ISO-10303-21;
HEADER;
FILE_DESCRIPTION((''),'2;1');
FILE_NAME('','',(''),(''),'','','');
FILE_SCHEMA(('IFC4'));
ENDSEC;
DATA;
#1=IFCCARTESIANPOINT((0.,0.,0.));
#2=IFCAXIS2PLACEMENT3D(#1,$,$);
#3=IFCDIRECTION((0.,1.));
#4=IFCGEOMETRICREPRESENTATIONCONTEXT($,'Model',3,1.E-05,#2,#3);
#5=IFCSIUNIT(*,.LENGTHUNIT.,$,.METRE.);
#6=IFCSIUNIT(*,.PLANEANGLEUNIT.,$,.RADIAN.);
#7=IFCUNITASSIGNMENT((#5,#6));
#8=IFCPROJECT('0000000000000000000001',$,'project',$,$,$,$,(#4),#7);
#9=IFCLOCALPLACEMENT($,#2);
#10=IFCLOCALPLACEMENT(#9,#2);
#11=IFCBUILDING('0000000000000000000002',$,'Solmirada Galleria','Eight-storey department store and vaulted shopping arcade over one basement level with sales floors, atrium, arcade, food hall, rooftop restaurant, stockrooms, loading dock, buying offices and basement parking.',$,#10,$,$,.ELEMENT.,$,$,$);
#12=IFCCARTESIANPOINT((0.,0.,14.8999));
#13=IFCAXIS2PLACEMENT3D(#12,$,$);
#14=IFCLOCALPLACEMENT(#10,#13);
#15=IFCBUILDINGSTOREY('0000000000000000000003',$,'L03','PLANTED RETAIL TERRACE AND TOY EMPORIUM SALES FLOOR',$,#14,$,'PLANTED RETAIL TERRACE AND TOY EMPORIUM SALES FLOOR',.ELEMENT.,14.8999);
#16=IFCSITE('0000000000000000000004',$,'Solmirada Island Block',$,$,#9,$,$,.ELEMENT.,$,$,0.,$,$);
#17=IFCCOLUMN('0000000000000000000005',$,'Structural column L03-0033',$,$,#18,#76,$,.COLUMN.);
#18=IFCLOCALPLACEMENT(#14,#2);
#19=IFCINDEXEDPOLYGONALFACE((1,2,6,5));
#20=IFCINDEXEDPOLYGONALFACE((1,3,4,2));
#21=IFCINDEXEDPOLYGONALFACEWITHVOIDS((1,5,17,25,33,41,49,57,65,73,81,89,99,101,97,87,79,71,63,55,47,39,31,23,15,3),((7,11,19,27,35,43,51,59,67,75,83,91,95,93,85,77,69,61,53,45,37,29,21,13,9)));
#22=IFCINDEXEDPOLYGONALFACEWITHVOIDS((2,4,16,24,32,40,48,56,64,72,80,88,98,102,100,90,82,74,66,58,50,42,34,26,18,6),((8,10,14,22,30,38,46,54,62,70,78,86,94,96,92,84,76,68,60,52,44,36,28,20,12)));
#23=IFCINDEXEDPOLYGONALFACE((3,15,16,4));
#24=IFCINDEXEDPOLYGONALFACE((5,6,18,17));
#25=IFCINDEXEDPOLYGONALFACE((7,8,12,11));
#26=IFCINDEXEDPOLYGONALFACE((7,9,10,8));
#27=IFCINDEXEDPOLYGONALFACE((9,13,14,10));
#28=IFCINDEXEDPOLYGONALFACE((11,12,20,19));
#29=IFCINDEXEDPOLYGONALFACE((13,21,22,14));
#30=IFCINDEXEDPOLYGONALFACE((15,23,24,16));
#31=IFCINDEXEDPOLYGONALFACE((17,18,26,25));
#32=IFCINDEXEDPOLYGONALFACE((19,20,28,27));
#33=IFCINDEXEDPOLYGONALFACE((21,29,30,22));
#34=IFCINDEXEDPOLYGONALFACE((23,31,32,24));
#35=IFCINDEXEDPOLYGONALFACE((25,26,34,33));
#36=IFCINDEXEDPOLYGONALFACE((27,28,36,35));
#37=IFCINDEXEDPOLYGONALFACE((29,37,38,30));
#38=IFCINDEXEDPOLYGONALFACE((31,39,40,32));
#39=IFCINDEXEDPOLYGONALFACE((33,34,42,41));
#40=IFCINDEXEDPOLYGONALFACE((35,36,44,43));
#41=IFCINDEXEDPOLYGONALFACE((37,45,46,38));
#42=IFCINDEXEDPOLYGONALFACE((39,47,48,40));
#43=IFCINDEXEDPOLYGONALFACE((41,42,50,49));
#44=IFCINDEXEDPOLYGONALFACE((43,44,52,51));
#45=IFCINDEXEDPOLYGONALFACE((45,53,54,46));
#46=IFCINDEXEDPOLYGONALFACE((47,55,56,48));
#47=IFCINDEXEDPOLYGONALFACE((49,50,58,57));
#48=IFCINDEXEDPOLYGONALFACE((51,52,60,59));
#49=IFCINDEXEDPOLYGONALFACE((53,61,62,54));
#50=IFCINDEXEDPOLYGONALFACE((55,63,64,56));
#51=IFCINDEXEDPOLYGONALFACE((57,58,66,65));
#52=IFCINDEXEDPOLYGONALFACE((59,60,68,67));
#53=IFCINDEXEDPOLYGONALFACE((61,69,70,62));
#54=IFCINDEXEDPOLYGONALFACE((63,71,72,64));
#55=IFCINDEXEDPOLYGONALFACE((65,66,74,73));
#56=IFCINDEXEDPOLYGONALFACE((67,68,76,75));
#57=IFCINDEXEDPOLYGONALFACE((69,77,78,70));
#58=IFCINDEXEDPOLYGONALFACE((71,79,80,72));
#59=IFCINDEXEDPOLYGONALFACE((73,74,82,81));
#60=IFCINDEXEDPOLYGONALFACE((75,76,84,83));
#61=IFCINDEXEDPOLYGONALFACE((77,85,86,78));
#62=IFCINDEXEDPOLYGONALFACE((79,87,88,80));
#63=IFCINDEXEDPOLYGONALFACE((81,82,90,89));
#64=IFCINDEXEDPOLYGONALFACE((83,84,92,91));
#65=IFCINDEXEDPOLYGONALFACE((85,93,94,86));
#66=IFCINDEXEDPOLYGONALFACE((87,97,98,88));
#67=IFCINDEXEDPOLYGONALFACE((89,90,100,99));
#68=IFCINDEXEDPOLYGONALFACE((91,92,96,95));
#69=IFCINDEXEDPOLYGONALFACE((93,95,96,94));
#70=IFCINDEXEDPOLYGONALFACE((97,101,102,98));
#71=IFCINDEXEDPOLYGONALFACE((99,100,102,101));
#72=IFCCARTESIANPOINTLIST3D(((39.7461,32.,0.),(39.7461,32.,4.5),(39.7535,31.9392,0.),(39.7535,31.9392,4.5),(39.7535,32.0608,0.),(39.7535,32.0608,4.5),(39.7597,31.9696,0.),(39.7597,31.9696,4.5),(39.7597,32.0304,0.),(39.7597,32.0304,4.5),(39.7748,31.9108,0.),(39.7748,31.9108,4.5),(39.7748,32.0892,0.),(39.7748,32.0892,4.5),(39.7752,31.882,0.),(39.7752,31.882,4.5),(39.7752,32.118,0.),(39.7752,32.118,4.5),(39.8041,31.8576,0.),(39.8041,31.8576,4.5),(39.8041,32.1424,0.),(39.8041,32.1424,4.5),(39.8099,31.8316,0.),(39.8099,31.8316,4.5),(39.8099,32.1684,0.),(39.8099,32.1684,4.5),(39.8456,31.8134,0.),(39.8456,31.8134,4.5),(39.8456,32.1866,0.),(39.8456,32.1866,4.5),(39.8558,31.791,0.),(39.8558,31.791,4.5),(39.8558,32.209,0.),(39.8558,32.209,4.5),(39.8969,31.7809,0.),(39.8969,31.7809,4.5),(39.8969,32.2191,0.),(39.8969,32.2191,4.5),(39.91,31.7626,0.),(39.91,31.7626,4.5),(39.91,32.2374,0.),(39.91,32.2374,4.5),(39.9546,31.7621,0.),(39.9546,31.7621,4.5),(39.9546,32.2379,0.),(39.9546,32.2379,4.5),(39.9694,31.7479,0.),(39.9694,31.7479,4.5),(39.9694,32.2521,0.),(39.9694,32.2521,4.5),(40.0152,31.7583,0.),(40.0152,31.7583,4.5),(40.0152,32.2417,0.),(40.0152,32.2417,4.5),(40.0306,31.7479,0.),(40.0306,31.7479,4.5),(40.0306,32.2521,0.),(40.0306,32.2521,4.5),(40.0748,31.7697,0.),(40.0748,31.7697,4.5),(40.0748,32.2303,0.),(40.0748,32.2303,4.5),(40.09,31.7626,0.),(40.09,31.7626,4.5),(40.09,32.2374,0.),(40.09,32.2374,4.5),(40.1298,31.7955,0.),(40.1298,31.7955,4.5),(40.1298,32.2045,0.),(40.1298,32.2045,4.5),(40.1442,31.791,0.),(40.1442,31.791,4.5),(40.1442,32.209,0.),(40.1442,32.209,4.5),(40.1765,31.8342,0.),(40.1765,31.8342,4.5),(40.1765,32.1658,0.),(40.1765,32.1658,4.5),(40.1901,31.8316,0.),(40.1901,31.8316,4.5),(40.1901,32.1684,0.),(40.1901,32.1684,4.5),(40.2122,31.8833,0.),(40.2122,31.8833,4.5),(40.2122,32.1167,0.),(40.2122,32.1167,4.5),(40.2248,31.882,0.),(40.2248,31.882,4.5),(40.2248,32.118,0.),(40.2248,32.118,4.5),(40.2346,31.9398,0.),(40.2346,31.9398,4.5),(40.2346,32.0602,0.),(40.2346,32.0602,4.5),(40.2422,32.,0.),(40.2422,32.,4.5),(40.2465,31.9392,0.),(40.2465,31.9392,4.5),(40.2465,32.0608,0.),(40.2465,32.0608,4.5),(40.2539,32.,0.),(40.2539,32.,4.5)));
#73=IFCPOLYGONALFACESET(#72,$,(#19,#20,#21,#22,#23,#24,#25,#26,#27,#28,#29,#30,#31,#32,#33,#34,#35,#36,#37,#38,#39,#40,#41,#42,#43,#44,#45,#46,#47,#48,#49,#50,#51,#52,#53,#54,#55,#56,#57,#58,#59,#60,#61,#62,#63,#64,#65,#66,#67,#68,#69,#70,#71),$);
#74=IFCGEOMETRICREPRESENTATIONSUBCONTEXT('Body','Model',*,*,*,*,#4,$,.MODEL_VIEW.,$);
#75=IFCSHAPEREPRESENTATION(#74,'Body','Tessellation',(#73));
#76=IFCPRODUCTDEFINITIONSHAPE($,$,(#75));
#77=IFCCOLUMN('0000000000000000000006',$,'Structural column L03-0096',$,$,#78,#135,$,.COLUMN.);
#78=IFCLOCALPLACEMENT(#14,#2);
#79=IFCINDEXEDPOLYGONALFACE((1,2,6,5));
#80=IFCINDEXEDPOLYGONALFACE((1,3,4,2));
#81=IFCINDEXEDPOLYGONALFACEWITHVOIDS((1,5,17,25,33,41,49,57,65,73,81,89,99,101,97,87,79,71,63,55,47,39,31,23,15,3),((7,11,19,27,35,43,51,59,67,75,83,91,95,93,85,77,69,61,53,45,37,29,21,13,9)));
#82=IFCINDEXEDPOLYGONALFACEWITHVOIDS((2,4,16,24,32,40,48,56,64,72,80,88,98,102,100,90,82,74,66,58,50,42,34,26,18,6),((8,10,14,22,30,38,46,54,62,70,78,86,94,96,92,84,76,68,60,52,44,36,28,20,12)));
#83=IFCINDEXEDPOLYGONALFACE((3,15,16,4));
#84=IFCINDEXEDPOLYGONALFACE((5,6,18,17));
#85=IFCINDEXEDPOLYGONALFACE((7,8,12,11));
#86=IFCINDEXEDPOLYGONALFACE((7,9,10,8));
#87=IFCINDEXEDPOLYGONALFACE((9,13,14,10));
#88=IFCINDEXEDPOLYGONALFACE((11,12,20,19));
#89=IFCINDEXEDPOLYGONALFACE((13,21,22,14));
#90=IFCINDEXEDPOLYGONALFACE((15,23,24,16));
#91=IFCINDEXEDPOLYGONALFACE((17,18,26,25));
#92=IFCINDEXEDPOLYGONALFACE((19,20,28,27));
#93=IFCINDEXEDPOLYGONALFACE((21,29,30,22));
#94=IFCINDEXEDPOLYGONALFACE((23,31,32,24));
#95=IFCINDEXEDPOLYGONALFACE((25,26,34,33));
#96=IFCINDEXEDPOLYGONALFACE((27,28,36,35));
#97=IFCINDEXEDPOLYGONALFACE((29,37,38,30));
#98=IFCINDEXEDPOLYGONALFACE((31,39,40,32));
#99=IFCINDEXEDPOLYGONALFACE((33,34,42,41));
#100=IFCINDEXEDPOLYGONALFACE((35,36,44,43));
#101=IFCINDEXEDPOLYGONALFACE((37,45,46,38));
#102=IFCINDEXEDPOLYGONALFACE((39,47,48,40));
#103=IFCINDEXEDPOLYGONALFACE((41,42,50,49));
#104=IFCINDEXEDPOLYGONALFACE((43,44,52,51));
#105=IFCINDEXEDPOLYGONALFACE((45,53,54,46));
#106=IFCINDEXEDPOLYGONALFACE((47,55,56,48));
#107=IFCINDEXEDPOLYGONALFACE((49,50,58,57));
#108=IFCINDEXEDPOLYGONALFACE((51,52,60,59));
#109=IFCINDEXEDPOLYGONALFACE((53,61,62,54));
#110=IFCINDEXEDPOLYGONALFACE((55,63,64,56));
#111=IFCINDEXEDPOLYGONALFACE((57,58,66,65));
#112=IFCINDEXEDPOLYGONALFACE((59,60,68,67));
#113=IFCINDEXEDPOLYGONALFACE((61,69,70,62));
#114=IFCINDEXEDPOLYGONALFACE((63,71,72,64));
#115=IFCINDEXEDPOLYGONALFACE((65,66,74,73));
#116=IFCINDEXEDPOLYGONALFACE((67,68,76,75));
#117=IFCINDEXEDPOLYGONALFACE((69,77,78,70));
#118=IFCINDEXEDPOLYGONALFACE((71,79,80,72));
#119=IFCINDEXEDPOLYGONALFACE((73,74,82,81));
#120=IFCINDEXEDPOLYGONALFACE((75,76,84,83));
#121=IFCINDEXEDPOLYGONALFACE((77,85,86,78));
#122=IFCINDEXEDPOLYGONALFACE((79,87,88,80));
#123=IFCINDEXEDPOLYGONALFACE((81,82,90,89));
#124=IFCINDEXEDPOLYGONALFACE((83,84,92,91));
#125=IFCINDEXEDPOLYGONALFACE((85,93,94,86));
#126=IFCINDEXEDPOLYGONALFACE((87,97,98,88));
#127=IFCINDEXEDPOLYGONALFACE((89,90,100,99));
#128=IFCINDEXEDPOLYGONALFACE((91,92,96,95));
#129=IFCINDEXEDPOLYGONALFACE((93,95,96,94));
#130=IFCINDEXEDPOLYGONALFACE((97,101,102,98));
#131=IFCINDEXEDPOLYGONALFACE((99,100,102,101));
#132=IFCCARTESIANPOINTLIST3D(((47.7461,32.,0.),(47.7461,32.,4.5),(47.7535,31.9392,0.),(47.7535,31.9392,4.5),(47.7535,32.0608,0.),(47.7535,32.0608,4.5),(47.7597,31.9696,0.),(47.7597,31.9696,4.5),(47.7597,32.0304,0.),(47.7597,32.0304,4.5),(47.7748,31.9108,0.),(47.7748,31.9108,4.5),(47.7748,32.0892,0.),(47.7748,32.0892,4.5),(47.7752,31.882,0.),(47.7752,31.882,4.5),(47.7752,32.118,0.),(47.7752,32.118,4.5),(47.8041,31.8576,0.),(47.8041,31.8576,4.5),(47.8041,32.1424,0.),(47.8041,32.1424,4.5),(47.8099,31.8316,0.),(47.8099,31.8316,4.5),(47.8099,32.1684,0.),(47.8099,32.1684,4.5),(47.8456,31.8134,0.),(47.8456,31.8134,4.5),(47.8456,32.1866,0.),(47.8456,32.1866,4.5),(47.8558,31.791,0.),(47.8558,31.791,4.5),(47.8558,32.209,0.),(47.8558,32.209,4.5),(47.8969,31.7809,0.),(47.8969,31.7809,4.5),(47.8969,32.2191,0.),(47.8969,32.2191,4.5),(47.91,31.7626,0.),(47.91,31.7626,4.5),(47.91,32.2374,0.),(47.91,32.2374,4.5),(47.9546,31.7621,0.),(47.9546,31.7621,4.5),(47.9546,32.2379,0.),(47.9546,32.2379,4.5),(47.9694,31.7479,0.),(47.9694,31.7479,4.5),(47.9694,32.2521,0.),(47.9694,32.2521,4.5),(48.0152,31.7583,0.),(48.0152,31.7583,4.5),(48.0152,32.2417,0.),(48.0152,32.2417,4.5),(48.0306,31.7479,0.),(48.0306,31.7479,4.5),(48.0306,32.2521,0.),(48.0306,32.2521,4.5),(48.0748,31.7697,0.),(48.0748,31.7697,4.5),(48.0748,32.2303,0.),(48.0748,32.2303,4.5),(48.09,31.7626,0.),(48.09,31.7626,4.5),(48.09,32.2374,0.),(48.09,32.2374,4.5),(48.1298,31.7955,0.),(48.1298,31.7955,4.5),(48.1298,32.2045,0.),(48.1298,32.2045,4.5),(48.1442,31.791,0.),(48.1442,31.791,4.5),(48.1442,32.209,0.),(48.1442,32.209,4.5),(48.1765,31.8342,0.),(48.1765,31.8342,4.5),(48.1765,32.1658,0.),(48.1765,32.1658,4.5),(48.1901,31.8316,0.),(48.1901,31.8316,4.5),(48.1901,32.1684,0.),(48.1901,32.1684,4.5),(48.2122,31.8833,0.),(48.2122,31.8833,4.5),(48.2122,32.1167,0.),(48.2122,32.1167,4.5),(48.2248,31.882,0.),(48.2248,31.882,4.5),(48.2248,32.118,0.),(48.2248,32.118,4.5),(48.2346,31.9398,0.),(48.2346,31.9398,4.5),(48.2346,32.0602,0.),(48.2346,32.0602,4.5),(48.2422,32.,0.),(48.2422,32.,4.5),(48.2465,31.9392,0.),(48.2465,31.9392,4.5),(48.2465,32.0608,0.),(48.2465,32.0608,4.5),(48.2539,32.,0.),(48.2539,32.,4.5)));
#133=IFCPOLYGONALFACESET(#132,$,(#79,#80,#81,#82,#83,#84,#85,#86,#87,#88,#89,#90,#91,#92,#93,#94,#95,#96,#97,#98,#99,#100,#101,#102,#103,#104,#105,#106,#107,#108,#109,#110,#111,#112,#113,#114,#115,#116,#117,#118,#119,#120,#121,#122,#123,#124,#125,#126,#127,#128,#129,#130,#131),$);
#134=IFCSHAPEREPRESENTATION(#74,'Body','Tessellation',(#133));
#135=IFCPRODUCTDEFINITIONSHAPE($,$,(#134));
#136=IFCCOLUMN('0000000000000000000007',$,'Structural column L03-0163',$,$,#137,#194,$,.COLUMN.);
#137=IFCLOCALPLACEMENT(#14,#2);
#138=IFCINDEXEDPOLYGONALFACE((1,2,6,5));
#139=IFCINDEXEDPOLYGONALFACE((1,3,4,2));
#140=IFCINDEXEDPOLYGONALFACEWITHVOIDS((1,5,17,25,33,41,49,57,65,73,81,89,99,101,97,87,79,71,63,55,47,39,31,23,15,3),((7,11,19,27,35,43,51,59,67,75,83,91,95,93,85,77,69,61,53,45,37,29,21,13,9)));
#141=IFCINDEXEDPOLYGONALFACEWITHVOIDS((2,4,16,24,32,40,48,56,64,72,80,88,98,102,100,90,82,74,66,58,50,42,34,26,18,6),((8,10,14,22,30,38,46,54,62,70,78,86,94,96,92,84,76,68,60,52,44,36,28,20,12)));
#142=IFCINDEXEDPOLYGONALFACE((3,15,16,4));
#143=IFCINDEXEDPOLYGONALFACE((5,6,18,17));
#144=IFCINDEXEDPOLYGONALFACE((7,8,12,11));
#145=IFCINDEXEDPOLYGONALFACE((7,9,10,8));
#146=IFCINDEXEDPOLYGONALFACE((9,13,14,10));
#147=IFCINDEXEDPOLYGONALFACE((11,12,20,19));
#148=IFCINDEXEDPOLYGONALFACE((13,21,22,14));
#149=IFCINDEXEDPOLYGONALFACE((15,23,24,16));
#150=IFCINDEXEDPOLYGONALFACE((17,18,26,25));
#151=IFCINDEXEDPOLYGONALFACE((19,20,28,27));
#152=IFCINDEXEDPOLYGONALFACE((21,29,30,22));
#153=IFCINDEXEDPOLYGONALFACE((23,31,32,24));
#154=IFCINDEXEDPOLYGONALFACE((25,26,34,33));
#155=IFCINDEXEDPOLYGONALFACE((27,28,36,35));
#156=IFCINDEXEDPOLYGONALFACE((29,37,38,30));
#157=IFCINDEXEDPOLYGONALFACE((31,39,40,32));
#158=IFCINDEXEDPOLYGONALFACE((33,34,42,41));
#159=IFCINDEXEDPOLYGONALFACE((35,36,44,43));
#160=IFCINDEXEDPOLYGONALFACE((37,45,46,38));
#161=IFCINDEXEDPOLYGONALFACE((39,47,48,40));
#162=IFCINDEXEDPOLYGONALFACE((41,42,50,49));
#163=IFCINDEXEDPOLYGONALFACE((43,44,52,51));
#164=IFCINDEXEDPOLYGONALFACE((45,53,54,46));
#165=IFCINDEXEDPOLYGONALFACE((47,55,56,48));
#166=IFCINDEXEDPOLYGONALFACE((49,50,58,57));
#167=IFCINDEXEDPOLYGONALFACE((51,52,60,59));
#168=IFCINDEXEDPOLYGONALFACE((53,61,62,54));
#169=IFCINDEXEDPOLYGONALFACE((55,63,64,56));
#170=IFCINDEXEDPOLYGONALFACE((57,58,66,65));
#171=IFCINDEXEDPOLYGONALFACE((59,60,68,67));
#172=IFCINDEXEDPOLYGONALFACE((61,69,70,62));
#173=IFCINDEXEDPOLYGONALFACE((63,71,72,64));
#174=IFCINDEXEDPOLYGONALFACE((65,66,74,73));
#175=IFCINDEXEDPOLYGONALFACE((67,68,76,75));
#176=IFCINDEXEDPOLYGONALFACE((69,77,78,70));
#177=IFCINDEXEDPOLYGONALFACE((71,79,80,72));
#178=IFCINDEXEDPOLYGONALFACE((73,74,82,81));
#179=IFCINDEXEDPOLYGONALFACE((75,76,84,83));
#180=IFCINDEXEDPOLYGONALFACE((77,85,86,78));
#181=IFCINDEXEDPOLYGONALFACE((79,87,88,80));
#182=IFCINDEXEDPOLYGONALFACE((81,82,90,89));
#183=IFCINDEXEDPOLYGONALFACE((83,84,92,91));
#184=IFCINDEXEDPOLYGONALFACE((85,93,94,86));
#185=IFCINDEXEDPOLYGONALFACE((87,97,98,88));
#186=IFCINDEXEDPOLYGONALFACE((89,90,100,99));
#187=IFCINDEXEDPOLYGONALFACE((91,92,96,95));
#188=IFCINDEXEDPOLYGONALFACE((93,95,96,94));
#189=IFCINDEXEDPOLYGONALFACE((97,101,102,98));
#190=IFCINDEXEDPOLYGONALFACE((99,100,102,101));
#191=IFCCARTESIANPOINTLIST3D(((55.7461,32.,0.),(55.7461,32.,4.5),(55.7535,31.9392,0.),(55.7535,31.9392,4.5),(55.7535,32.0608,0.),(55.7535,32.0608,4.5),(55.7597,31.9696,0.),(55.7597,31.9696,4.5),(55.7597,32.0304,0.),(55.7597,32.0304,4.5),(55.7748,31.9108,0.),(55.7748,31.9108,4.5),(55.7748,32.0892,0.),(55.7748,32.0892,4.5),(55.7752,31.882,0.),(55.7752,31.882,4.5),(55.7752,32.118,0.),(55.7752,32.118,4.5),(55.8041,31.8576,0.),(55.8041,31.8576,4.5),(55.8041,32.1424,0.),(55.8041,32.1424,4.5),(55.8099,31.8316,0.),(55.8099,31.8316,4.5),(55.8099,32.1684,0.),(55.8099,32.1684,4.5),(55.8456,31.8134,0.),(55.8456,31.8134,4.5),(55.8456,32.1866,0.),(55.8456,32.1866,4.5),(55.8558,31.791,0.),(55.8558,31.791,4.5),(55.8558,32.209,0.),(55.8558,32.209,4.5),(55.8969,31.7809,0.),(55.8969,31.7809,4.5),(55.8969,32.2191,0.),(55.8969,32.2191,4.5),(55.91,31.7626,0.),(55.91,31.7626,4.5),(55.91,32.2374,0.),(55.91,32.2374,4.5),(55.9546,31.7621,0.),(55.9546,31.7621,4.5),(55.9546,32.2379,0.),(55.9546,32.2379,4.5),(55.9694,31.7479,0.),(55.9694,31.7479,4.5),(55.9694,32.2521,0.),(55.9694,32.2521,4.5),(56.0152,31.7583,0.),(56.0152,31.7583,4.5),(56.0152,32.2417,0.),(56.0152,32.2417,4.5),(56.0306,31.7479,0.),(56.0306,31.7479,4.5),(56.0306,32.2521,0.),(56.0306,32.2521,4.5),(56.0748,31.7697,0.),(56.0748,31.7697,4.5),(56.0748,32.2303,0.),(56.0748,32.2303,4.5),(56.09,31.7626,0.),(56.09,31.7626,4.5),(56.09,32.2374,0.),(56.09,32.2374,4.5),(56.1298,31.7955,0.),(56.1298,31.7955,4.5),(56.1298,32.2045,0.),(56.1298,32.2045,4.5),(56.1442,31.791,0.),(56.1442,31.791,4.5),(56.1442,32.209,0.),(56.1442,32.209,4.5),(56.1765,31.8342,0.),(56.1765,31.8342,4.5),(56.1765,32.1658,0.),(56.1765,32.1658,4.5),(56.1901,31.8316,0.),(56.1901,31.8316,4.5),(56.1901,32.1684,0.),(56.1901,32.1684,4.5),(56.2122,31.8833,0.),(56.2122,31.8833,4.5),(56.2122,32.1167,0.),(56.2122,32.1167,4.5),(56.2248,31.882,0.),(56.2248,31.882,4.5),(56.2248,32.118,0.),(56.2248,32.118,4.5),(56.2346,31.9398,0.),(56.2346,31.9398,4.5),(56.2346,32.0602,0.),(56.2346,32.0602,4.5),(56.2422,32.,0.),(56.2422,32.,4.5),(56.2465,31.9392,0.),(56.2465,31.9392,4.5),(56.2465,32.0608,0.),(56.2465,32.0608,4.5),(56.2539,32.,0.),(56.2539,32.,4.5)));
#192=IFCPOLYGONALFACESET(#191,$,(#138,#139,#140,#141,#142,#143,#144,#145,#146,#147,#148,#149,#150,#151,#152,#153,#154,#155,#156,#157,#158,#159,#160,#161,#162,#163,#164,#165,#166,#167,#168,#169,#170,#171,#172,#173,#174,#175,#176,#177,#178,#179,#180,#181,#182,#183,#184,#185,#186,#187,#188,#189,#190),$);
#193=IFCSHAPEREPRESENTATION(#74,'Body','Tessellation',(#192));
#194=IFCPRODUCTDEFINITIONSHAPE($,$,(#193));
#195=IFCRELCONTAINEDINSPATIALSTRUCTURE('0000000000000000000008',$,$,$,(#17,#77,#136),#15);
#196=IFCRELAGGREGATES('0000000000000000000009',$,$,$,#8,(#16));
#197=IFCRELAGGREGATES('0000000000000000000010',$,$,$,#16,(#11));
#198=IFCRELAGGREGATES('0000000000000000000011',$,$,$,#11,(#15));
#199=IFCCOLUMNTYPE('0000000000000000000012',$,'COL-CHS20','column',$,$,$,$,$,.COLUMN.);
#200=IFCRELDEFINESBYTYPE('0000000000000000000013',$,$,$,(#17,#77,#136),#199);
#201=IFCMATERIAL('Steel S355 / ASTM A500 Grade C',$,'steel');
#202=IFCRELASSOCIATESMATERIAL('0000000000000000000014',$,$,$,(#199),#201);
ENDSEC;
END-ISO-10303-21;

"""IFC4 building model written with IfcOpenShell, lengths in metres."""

from ifc_helpers import new_model, si_unit, direction, frame, origin, origin_2d, place, context, subcontext, project, spatial, hollow_circle, extrude, material, material_profile, profile_set, type_object, element, save


model = new_model("IFC4")

# Units and contexts
model_context = context("Model", 3, precision=1e-05, world=origin(), true_north=direction((0.0, 1.0)))
body_context = subcontext(model_context, "Body", "Model", "MODEL_VIEW")
ifc_project = project(units=[si_unit("LENGTHUNIT", "METRE"), si_unit("PLANEANGLEUNIT", "RADIAN")], contexts=[model_context])

# Site, building, storey
site_placement = place(None, origin())
site = spatial("IfcSite", under=ifc_project, at=site_placement, Name="Solmirada Island Block", CompositionType="ELEMENT", RefElevation=0.0)
building_placement = place(site_placement, origin())
building = spatial("IfcBuilding", under=site, at=building_placement, Name="Solmirada Galleria", Description="Eight-storey department store and vaulted shopping arcade over one basement level with sales floors, atrium, arcade, food hall, rooftop restaurant, stockrooms, loading dock, buying offices and basement parking.", CompositionType="ELEMENT")
storey_placement = place(building_placement, frame((0.0, 0.0, 14.8999)))
storey = spatial("IfcBuildingStorey", under=building, at=storey_placement, Name="L03", Description="PLANTED RETAIL TERRACE AND TOY EMPORIUM SALES FLOOR", LongName="PLANTED RETAIL TERRACE AND TOY EMPORIUM SALES FLOOR", CompositionType="ELEMENT", Elevation=14.8999)

# Columns
ifc_material_1 = material(Name="Steel S355 / ASTM A500 Grade C", Category="steel")
ifc_material_profile = material_profile(ifc_material_1, hollow_circle(Radius=0.2539, WallThickness=0.0117, at=origin_2d()), Name="HSS20.000X0.500")
ifc_profile_set = profile_set([ifc_material_profile], Name="Steel S355 / ASTM A500 Grade C")
column_type = type_object("IfcColumnType", Name="COL-CHS20", Description="column", PredefinedType="COLUMN", material=ifc_profile_set)
for number, where, z_axis, x_axis, name in (
    (1, (40.0, 32.0, 0.0), (0.0, 0.0, 1.0), (1.0, 0.0, 0.0), "Structural column L03-0033"),
    (2, (48.0, 32.0, 0.0), (0.0, 0.0, 1.0), (1.0, 0.0, 0.0), "Structural column L03-0096"),
    (3, (56.0, 32.0, 0.0), (0.0, 0.0, 1.0), (1.0, 0.0, 0.0), "Structural column L03-0163"),
):
    element("IfcColumn", number, at=place(storey_placement, frame(where, z_axis=z_axis, x_axis=x_axis)), inside=storey, type_object=column_type, Name=name, PredefinedType="COLUMN", context=body_context, shape_type="SweptSolid", body=[
        extrude(hollow_circle(Radius=0.2539, WallThickness=0.0117, at=origin_2d()), origin(), (0.0, 0.0, 1.0), 4.5),
    ])

save(model, "model.ifc")
